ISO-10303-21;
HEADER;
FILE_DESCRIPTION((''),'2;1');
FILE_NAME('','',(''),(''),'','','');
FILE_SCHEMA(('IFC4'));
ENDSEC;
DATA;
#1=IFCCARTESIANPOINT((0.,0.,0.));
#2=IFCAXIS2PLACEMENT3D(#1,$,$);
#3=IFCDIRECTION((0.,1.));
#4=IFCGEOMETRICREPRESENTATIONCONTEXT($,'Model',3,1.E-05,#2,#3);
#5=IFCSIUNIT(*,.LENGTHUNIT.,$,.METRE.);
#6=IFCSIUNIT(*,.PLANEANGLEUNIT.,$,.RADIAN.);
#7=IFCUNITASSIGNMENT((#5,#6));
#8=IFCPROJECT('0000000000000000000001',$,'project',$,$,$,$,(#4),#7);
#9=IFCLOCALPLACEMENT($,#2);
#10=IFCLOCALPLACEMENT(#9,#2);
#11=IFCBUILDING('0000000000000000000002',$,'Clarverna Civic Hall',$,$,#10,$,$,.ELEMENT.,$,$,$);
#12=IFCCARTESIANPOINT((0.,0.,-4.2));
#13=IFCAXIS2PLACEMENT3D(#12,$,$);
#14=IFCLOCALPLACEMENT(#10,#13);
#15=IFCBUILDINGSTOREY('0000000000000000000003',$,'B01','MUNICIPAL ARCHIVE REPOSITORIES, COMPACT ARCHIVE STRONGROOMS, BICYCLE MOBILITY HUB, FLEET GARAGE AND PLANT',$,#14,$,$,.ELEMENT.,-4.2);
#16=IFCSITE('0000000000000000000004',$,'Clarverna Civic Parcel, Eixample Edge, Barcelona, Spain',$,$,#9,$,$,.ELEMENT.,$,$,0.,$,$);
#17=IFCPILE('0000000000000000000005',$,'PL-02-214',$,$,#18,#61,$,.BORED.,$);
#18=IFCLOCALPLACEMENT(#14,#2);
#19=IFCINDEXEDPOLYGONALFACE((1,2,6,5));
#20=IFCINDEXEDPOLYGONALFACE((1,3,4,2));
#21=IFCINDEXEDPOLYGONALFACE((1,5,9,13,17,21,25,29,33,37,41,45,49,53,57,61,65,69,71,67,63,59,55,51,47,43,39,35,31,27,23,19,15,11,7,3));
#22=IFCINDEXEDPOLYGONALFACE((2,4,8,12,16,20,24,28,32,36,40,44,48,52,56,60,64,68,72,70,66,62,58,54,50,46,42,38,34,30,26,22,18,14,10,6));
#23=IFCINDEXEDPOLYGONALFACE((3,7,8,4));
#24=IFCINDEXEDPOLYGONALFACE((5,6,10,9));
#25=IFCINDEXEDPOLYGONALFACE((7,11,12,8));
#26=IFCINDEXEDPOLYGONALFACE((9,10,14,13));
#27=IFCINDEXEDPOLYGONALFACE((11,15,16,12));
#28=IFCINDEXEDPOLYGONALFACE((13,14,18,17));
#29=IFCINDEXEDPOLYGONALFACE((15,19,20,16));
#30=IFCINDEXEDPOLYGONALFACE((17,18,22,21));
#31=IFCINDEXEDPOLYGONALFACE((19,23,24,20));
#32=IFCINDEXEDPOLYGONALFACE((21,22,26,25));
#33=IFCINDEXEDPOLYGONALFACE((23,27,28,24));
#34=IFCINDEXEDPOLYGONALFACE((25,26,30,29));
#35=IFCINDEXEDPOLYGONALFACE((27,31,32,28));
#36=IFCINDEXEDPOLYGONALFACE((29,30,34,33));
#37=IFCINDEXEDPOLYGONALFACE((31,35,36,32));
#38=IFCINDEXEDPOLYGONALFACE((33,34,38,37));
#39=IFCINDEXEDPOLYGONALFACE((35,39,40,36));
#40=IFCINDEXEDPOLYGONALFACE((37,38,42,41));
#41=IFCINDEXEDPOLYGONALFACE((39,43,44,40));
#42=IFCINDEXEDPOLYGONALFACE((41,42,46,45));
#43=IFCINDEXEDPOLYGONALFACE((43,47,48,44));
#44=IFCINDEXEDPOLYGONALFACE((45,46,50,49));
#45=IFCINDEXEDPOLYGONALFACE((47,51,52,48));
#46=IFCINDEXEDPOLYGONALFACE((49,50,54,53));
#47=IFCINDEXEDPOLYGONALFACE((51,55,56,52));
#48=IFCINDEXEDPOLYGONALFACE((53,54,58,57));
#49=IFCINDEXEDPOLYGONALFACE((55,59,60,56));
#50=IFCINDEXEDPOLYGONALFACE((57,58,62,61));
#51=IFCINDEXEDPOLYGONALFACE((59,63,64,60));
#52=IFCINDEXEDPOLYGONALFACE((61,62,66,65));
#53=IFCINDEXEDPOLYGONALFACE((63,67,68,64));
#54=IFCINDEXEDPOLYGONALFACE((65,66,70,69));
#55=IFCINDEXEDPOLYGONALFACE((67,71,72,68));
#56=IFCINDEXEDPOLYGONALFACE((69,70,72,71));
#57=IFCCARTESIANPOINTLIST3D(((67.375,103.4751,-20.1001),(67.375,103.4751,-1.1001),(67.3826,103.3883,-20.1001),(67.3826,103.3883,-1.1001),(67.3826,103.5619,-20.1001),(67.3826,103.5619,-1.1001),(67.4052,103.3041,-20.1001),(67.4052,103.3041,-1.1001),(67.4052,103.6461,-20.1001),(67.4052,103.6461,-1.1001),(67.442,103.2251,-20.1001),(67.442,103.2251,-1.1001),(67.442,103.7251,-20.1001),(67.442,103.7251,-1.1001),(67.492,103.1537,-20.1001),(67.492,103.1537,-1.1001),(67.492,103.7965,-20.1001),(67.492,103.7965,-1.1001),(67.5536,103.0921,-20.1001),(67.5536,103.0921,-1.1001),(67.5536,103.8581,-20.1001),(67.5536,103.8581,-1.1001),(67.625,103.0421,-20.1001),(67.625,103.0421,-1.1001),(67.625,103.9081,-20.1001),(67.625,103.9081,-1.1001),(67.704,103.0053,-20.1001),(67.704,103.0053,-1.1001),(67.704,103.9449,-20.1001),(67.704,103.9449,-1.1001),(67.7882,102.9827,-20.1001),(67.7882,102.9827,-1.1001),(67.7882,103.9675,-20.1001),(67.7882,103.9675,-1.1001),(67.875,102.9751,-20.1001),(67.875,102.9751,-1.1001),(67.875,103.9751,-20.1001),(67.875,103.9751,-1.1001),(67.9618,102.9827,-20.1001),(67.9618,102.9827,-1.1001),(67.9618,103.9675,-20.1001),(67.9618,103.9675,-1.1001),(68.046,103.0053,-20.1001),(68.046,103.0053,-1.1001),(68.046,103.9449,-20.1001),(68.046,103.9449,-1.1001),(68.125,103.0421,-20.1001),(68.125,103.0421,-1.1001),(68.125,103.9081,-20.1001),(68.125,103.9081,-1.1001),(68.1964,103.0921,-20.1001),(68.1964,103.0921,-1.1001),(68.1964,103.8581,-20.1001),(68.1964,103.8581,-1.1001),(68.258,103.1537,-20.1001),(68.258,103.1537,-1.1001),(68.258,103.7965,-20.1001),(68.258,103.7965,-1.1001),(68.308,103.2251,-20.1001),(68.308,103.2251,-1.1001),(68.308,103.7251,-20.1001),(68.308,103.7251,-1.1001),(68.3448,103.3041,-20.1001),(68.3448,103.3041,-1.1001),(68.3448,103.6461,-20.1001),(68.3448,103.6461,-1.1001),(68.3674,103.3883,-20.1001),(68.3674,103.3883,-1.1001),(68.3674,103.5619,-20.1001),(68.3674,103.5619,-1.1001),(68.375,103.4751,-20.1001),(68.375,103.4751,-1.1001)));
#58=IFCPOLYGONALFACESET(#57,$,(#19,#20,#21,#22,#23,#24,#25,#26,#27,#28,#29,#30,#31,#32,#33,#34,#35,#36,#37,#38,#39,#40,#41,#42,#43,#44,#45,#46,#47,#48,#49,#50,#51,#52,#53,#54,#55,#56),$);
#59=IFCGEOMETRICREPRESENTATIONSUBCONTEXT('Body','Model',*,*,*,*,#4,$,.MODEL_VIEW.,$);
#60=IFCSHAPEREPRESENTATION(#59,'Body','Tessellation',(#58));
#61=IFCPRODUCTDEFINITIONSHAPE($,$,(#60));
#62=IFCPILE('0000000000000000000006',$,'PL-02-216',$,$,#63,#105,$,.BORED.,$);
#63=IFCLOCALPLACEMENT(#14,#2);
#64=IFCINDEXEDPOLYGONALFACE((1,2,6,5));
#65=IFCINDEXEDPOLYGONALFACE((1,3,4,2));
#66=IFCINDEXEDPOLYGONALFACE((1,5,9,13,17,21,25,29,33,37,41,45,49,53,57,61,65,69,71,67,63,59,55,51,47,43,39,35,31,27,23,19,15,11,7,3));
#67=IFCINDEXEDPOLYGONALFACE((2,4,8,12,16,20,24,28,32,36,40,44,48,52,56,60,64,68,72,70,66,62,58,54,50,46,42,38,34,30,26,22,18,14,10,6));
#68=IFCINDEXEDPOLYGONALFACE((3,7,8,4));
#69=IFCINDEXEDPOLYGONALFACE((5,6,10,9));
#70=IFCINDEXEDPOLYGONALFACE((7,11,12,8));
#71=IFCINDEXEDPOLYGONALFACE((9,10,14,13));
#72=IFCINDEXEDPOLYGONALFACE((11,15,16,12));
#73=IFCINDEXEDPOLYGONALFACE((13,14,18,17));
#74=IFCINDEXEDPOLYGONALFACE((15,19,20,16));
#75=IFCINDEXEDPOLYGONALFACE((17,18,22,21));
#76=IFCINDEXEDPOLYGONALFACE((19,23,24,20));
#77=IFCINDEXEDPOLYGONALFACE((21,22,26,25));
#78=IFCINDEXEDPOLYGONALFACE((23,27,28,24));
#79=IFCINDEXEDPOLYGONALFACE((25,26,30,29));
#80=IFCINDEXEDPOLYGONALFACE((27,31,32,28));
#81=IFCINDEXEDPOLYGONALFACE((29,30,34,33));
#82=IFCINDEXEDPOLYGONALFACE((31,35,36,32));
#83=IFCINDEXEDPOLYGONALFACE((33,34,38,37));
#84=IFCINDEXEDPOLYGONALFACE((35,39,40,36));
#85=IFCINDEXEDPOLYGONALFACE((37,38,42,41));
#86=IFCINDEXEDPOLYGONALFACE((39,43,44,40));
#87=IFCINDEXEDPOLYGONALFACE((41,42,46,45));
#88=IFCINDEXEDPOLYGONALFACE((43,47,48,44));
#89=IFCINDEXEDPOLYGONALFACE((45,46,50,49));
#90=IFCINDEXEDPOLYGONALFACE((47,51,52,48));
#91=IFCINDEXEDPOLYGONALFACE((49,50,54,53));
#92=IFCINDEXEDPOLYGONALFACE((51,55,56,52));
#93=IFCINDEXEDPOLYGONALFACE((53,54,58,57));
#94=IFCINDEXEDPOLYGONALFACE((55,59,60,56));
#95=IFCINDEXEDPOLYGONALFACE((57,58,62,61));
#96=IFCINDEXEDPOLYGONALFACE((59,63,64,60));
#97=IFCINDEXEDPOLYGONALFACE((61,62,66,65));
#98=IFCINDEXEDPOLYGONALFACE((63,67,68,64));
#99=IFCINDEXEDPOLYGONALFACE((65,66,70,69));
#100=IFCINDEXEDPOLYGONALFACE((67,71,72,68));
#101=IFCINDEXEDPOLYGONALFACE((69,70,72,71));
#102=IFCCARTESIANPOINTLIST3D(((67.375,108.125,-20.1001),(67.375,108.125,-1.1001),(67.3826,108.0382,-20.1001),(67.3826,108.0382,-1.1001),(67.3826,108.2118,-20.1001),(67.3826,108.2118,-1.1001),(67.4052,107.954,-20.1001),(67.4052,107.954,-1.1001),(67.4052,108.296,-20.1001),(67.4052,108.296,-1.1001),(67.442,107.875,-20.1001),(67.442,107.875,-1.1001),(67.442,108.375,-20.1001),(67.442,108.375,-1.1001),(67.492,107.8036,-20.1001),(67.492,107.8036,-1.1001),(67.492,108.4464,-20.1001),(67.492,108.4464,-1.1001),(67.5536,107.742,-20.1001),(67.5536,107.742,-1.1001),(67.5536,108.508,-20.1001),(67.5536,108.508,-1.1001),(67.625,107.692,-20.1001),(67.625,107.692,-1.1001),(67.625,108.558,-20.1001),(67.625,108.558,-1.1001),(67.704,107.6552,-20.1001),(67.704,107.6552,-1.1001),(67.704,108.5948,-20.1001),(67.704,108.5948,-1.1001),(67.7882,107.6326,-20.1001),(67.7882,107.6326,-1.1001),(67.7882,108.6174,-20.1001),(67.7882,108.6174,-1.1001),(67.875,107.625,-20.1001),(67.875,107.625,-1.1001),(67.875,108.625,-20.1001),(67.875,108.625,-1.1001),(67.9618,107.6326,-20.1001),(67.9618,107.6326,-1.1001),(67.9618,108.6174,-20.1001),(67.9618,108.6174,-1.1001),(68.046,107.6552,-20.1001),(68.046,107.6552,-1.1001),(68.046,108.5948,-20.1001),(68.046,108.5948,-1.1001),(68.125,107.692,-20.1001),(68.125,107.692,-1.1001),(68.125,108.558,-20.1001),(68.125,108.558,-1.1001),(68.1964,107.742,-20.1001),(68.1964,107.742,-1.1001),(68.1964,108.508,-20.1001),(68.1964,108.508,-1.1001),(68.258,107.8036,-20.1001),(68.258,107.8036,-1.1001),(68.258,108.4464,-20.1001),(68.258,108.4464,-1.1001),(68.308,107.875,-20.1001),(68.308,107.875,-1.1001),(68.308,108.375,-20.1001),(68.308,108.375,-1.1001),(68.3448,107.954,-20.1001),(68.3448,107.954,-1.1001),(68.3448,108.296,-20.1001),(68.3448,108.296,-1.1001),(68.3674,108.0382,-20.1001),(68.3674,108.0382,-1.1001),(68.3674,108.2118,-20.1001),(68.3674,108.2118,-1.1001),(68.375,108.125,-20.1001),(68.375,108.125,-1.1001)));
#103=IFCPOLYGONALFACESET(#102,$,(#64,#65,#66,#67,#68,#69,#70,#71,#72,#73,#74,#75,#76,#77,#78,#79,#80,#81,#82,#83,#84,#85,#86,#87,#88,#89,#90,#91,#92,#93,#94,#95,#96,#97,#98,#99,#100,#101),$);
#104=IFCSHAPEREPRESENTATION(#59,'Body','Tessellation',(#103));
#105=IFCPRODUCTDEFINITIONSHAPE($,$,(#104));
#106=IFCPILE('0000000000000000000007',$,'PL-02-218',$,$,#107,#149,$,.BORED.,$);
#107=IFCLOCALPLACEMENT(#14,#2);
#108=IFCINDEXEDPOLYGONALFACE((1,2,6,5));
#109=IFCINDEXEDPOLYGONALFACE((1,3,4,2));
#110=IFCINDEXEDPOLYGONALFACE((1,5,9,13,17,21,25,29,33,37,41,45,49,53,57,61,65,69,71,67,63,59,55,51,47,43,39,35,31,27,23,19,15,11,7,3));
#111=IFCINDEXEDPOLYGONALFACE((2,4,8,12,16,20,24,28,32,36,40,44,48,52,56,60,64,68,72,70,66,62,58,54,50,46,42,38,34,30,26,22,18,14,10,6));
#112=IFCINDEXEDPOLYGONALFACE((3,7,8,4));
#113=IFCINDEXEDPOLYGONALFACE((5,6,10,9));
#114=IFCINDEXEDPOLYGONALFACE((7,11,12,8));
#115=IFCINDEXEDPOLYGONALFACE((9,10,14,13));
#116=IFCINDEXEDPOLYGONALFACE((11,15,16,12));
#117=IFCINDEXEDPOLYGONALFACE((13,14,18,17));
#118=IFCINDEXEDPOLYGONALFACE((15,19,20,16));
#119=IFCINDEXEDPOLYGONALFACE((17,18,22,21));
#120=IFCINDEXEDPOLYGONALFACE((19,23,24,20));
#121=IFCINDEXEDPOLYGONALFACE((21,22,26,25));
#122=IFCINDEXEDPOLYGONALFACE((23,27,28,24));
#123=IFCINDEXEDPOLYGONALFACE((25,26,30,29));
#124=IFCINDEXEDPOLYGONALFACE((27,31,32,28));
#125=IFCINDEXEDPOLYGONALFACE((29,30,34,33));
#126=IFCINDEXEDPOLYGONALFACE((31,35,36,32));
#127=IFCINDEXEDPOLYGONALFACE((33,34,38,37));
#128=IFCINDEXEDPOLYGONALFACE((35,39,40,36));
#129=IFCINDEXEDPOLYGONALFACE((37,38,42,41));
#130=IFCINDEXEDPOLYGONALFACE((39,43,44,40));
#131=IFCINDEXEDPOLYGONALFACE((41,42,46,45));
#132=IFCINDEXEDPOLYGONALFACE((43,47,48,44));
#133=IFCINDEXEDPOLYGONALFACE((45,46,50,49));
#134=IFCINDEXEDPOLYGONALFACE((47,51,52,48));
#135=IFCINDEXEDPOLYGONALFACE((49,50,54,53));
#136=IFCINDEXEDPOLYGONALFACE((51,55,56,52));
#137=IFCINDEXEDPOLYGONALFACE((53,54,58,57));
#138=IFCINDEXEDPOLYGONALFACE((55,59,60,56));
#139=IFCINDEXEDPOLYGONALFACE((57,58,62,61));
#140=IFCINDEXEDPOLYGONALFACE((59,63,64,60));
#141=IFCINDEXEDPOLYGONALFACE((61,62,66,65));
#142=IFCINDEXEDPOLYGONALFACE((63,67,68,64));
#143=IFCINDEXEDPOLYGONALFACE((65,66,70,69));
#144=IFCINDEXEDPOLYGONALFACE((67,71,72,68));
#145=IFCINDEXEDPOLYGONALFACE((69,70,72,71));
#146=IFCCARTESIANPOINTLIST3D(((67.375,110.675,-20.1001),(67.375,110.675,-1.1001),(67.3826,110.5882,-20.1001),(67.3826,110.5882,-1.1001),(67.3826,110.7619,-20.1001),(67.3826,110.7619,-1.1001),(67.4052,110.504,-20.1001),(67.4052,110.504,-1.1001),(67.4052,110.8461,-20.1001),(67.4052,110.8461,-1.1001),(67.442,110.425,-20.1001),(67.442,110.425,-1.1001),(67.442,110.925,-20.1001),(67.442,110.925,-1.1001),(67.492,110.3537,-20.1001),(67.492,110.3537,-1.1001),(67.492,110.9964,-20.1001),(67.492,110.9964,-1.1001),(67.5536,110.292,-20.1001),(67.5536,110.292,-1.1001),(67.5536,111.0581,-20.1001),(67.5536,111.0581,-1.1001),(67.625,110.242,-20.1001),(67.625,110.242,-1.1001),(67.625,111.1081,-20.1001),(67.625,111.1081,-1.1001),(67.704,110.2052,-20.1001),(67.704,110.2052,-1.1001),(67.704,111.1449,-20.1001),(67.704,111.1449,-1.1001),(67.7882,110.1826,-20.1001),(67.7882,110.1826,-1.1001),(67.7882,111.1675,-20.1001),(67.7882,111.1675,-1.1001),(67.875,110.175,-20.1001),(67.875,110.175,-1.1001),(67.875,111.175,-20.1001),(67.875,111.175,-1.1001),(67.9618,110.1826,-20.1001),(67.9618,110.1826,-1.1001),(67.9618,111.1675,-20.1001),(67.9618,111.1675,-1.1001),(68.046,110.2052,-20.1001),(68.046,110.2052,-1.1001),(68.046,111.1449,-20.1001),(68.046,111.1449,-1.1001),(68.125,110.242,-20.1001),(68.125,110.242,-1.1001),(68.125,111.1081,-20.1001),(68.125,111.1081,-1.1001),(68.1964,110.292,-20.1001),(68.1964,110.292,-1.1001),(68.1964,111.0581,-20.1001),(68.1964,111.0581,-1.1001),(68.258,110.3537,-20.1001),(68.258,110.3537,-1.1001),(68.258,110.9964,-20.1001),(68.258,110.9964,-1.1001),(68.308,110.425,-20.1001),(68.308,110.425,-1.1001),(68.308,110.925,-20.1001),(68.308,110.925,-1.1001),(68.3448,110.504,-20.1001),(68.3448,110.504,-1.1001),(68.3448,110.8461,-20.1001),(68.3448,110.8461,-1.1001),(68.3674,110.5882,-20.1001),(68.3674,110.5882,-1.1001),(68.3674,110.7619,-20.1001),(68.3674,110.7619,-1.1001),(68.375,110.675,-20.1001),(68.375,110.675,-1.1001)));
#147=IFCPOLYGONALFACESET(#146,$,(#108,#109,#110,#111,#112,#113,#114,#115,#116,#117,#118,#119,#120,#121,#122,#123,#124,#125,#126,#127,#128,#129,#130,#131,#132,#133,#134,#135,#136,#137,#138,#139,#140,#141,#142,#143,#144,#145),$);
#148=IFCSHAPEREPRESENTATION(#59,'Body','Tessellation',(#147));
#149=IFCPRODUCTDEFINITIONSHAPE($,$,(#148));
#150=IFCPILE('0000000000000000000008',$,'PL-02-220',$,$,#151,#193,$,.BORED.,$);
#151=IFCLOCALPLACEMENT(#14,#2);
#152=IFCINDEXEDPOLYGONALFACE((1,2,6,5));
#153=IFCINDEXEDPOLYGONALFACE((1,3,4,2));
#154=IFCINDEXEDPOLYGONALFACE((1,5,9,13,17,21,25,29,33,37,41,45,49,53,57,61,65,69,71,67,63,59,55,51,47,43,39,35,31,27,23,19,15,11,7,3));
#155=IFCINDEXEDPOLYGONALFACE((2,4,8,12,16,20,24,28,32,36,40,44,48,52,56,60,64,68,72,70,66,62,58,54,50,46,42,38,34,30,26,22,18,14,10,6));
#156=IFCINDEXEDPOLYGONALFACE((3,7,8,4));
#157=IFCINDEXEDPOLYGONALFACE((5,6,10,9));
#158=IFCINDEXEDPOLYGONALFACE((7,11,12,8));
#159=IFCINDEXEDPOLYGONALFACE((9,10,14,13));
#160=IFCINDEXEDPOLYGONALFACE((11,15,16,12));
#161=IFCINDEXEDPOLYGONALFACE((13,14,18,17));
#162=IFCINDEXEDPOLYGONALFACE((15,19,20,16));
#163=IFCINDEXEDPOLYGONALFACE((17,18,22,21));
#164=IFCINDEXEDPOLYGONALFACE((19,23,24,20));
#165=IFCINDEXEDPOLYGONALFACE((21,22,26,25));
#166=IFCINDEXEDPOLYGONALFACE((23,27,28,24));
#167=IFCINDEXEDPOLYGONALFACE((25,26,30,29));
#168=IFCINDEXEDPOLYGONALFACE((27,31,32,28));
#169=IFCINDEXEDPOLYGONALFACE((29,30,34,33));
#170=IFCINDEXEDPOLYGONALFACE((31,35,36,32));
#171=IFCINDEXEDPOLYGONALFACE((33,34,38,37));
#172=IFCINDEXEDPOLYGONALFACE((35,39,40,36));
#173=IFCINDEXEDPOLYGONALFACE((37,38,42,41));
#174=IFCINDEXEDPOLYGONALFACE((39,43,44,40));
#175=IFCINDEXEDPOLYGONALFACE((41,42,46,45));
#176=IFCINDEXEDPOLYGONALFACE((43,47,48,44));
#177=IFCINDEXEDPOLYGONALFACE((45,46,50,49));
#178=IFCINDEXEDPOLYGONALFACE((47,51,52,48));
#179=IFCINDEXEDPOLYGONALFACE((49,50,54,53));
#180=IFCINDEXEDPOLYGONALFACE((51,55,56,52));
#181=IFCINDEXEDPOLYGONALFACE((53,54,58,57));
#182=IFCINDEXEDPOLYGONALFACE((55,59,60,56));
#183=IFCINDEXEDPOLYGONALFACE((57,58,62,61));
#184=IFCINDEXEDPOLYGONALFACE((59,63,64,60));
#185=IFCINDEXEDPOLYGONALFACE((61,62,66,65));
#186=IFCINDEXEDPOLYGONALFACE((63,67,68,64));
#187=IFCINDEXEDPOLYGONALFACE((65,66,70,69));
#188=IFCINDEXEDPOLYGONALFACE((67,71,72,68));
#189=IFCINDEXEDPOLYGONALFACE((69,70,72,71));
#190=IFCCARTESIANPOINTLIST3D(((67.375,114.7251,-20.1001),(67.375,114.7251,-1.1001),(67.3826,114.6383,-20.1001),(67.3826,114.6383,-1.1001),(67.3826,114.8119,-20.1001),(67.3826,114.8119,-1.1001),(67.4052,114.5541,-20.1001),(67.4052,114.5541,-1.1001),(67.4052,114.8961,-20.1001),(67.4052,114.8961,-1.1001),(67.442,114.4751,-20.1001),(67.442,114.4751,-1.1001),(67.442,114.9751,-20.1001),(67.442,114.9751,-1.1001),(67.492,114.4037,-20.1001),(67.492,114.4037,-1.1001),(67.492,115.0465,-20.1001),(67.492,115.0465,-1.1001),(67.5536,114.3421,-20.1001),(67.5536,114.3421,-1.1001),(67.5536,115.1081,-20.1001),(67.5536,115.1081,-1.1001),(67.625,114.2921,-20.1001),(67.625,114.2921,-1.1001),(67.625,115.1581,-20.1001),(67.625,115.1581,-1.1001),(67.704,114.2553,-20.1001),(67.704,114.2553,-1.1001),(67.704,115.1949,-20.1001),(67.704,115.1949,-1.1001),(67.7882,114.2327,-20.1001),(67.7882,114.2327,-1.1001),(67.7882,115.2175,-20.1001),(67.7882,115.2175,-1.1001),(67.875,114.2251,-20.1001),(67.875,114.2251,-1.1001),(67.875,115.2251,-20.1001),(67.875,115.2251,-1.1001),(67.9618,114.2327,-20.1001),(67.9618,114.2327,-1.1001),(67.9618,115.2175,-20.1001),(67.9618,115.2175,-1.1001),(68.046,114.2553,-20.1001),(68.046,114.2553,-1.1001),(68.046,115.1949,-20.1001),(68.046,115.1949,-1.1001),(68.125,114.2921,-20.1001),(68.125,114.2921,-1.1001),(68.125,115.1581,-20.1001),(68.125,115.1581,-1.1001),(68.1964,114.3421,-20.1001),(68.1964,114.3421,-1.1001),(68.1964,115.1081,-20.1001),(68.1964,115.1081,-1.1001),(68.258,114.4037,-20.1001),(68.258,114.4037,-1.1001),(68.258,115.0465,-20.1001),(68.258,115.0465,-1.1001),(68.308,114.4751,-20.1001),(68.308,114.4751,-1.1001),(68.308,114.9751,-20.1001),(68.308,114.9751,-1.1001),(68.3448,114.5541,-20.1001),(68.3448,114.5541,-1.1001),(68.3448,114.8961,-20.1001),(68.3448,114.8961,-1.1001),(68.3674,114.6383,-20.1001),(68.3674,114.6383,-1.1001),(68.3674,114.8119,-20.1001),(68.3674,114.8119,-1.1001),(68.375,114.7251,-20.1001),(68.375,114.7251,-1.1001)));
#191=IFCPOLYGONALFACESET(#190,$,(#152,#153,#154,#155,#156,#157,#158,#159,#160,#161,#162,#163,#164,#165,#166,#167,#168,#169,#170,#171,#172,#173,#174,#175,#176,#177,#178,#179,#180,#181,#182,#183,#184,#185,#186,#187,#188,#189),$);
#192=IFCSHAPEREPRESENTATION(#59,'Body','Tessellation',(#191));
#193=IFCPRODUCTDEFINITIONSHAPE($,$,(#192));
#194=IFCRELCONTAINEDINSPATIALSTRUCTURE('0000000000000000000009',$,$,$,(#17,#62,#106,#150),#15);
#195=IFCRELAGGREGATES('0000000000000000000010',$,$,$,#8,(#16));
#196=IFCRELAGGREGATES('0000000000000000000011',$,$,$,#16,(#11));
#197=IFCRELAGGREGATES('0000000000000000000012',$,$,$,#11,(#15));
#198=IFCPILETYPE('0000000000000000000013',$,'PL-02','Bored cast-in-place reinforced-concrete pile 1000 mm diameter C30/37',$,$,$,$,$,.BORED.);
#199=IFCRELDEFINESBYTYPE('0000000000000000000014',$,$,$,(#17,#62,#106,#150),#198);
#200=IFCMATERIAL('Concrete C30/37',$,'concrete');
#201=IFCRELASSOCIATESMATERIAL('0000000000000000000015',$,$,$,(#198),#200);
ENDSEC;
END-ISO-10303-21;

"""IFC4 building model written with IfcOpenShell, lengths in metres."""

from ifc_helpers import new_model, si_unit, direction, frame, origin, origin_2d, place, context, subcontext, project, spatial, circle, extrude, material, material_profile, profile_set, type_object, element, save


model = new_model("IFC4")

# Units and contexts
model_context = context("Model", 3, precision=1e-05, world=origin(), true_north=direction((0.0, 1.0)))
body_context = subcontext(model_context, "Body", "Model", "MODEL_VIEW")
ifc_project = project(units=[si_unit("LENGTHUNIT", "METRE"), si_unit("PLANEANGLEUNIT", "RADIAN")], contexts=[model_context])

# Site, building, storey
site_placement = place(None, origin())
site = spatial("IfcSite", under=ifc_project, at=site_placement, Name="Clarverna Civic Parcel, Eixample Edge, Barcelona, Spain", CompositionType="ELEMENT", RefElevation=0.0)
building_placement = place(site_placement, origin())
building = spatial("IfcBuilding", under=site, at=building_placement, Name="Clarverna Civic Hall", CompositionType="ELEMENT")
storey_placement = place(building_placement, frame((0.0, 0.0, -4.2)))
storey = spatial("IfcBuildingStorey", under=building, at=storey_placement, Name="B01", Description="MUNICIPAL ARCHIVE REPOSITORIES, COMPACT ARCHIVE STRONGROOMS, BICYCLE MOBILITY HUB, FLEET GARAGE AND PLANT", CompositionType="ELEMENT", Elevation=-4.2)

# Shared definitions
ifc_material_1 = material(Name="Concrete C30/37", Category="concrete")

# Piles
ifc_material_profile_1 = material_profile(ifc_material_1, circle(Radius=0.5, at=origin_2d()), Name="BORED PILE D1000")
ifc_profile_set_1 = profile_set([ifc_material_profile_1], Name="Concrete C30/37")
pile_type = type_object("IfcPileType", Name="PL-02", Description="Bored cast-in-place reinforced-concrete pile 1000 mm diameter C30/37", PredefinedType="BORED", material=ifc_profile_set_1)
for number, where, z_axis, x_axis, name in (
    (1, (67.875, 103.4751, -1.1001), (0.0, 0.0, -1.0), (1.0, 0.0, 0.0), "PL-02-214"),
    (2, (67.875, 108.125, -1.1001), (0.0, 0.0, -1.0), (1.0, 0.0, 0.0), "PL-02-216"),
    (3, (67.875, 110.675, -1.1001), (0.0, 0.0, -1.0), (1.0, 0.0, 0.0), "PL-02-218"),
    (4, (67.875, 114.7251, -1.1001), (0.0, 0.0, -1.0), (1.0, 0.0, 0.0), "PL-02-220"),
):
    element("IfcPile", number, at=place(storey_placement, frame(where, z_axis=z_axis, x_axis=x_axis)), inside=storey, type_object=pile_type, Name=name, PredefinedType="BORED", context=body_context, shape_type="SweptSolid", body=[
        extrude(circle(Radius=0.5, at=origin_2d()), origin(), (0.0, 0.0, 1.0), 19.0),
    ])

save(model, "model.ifc")
